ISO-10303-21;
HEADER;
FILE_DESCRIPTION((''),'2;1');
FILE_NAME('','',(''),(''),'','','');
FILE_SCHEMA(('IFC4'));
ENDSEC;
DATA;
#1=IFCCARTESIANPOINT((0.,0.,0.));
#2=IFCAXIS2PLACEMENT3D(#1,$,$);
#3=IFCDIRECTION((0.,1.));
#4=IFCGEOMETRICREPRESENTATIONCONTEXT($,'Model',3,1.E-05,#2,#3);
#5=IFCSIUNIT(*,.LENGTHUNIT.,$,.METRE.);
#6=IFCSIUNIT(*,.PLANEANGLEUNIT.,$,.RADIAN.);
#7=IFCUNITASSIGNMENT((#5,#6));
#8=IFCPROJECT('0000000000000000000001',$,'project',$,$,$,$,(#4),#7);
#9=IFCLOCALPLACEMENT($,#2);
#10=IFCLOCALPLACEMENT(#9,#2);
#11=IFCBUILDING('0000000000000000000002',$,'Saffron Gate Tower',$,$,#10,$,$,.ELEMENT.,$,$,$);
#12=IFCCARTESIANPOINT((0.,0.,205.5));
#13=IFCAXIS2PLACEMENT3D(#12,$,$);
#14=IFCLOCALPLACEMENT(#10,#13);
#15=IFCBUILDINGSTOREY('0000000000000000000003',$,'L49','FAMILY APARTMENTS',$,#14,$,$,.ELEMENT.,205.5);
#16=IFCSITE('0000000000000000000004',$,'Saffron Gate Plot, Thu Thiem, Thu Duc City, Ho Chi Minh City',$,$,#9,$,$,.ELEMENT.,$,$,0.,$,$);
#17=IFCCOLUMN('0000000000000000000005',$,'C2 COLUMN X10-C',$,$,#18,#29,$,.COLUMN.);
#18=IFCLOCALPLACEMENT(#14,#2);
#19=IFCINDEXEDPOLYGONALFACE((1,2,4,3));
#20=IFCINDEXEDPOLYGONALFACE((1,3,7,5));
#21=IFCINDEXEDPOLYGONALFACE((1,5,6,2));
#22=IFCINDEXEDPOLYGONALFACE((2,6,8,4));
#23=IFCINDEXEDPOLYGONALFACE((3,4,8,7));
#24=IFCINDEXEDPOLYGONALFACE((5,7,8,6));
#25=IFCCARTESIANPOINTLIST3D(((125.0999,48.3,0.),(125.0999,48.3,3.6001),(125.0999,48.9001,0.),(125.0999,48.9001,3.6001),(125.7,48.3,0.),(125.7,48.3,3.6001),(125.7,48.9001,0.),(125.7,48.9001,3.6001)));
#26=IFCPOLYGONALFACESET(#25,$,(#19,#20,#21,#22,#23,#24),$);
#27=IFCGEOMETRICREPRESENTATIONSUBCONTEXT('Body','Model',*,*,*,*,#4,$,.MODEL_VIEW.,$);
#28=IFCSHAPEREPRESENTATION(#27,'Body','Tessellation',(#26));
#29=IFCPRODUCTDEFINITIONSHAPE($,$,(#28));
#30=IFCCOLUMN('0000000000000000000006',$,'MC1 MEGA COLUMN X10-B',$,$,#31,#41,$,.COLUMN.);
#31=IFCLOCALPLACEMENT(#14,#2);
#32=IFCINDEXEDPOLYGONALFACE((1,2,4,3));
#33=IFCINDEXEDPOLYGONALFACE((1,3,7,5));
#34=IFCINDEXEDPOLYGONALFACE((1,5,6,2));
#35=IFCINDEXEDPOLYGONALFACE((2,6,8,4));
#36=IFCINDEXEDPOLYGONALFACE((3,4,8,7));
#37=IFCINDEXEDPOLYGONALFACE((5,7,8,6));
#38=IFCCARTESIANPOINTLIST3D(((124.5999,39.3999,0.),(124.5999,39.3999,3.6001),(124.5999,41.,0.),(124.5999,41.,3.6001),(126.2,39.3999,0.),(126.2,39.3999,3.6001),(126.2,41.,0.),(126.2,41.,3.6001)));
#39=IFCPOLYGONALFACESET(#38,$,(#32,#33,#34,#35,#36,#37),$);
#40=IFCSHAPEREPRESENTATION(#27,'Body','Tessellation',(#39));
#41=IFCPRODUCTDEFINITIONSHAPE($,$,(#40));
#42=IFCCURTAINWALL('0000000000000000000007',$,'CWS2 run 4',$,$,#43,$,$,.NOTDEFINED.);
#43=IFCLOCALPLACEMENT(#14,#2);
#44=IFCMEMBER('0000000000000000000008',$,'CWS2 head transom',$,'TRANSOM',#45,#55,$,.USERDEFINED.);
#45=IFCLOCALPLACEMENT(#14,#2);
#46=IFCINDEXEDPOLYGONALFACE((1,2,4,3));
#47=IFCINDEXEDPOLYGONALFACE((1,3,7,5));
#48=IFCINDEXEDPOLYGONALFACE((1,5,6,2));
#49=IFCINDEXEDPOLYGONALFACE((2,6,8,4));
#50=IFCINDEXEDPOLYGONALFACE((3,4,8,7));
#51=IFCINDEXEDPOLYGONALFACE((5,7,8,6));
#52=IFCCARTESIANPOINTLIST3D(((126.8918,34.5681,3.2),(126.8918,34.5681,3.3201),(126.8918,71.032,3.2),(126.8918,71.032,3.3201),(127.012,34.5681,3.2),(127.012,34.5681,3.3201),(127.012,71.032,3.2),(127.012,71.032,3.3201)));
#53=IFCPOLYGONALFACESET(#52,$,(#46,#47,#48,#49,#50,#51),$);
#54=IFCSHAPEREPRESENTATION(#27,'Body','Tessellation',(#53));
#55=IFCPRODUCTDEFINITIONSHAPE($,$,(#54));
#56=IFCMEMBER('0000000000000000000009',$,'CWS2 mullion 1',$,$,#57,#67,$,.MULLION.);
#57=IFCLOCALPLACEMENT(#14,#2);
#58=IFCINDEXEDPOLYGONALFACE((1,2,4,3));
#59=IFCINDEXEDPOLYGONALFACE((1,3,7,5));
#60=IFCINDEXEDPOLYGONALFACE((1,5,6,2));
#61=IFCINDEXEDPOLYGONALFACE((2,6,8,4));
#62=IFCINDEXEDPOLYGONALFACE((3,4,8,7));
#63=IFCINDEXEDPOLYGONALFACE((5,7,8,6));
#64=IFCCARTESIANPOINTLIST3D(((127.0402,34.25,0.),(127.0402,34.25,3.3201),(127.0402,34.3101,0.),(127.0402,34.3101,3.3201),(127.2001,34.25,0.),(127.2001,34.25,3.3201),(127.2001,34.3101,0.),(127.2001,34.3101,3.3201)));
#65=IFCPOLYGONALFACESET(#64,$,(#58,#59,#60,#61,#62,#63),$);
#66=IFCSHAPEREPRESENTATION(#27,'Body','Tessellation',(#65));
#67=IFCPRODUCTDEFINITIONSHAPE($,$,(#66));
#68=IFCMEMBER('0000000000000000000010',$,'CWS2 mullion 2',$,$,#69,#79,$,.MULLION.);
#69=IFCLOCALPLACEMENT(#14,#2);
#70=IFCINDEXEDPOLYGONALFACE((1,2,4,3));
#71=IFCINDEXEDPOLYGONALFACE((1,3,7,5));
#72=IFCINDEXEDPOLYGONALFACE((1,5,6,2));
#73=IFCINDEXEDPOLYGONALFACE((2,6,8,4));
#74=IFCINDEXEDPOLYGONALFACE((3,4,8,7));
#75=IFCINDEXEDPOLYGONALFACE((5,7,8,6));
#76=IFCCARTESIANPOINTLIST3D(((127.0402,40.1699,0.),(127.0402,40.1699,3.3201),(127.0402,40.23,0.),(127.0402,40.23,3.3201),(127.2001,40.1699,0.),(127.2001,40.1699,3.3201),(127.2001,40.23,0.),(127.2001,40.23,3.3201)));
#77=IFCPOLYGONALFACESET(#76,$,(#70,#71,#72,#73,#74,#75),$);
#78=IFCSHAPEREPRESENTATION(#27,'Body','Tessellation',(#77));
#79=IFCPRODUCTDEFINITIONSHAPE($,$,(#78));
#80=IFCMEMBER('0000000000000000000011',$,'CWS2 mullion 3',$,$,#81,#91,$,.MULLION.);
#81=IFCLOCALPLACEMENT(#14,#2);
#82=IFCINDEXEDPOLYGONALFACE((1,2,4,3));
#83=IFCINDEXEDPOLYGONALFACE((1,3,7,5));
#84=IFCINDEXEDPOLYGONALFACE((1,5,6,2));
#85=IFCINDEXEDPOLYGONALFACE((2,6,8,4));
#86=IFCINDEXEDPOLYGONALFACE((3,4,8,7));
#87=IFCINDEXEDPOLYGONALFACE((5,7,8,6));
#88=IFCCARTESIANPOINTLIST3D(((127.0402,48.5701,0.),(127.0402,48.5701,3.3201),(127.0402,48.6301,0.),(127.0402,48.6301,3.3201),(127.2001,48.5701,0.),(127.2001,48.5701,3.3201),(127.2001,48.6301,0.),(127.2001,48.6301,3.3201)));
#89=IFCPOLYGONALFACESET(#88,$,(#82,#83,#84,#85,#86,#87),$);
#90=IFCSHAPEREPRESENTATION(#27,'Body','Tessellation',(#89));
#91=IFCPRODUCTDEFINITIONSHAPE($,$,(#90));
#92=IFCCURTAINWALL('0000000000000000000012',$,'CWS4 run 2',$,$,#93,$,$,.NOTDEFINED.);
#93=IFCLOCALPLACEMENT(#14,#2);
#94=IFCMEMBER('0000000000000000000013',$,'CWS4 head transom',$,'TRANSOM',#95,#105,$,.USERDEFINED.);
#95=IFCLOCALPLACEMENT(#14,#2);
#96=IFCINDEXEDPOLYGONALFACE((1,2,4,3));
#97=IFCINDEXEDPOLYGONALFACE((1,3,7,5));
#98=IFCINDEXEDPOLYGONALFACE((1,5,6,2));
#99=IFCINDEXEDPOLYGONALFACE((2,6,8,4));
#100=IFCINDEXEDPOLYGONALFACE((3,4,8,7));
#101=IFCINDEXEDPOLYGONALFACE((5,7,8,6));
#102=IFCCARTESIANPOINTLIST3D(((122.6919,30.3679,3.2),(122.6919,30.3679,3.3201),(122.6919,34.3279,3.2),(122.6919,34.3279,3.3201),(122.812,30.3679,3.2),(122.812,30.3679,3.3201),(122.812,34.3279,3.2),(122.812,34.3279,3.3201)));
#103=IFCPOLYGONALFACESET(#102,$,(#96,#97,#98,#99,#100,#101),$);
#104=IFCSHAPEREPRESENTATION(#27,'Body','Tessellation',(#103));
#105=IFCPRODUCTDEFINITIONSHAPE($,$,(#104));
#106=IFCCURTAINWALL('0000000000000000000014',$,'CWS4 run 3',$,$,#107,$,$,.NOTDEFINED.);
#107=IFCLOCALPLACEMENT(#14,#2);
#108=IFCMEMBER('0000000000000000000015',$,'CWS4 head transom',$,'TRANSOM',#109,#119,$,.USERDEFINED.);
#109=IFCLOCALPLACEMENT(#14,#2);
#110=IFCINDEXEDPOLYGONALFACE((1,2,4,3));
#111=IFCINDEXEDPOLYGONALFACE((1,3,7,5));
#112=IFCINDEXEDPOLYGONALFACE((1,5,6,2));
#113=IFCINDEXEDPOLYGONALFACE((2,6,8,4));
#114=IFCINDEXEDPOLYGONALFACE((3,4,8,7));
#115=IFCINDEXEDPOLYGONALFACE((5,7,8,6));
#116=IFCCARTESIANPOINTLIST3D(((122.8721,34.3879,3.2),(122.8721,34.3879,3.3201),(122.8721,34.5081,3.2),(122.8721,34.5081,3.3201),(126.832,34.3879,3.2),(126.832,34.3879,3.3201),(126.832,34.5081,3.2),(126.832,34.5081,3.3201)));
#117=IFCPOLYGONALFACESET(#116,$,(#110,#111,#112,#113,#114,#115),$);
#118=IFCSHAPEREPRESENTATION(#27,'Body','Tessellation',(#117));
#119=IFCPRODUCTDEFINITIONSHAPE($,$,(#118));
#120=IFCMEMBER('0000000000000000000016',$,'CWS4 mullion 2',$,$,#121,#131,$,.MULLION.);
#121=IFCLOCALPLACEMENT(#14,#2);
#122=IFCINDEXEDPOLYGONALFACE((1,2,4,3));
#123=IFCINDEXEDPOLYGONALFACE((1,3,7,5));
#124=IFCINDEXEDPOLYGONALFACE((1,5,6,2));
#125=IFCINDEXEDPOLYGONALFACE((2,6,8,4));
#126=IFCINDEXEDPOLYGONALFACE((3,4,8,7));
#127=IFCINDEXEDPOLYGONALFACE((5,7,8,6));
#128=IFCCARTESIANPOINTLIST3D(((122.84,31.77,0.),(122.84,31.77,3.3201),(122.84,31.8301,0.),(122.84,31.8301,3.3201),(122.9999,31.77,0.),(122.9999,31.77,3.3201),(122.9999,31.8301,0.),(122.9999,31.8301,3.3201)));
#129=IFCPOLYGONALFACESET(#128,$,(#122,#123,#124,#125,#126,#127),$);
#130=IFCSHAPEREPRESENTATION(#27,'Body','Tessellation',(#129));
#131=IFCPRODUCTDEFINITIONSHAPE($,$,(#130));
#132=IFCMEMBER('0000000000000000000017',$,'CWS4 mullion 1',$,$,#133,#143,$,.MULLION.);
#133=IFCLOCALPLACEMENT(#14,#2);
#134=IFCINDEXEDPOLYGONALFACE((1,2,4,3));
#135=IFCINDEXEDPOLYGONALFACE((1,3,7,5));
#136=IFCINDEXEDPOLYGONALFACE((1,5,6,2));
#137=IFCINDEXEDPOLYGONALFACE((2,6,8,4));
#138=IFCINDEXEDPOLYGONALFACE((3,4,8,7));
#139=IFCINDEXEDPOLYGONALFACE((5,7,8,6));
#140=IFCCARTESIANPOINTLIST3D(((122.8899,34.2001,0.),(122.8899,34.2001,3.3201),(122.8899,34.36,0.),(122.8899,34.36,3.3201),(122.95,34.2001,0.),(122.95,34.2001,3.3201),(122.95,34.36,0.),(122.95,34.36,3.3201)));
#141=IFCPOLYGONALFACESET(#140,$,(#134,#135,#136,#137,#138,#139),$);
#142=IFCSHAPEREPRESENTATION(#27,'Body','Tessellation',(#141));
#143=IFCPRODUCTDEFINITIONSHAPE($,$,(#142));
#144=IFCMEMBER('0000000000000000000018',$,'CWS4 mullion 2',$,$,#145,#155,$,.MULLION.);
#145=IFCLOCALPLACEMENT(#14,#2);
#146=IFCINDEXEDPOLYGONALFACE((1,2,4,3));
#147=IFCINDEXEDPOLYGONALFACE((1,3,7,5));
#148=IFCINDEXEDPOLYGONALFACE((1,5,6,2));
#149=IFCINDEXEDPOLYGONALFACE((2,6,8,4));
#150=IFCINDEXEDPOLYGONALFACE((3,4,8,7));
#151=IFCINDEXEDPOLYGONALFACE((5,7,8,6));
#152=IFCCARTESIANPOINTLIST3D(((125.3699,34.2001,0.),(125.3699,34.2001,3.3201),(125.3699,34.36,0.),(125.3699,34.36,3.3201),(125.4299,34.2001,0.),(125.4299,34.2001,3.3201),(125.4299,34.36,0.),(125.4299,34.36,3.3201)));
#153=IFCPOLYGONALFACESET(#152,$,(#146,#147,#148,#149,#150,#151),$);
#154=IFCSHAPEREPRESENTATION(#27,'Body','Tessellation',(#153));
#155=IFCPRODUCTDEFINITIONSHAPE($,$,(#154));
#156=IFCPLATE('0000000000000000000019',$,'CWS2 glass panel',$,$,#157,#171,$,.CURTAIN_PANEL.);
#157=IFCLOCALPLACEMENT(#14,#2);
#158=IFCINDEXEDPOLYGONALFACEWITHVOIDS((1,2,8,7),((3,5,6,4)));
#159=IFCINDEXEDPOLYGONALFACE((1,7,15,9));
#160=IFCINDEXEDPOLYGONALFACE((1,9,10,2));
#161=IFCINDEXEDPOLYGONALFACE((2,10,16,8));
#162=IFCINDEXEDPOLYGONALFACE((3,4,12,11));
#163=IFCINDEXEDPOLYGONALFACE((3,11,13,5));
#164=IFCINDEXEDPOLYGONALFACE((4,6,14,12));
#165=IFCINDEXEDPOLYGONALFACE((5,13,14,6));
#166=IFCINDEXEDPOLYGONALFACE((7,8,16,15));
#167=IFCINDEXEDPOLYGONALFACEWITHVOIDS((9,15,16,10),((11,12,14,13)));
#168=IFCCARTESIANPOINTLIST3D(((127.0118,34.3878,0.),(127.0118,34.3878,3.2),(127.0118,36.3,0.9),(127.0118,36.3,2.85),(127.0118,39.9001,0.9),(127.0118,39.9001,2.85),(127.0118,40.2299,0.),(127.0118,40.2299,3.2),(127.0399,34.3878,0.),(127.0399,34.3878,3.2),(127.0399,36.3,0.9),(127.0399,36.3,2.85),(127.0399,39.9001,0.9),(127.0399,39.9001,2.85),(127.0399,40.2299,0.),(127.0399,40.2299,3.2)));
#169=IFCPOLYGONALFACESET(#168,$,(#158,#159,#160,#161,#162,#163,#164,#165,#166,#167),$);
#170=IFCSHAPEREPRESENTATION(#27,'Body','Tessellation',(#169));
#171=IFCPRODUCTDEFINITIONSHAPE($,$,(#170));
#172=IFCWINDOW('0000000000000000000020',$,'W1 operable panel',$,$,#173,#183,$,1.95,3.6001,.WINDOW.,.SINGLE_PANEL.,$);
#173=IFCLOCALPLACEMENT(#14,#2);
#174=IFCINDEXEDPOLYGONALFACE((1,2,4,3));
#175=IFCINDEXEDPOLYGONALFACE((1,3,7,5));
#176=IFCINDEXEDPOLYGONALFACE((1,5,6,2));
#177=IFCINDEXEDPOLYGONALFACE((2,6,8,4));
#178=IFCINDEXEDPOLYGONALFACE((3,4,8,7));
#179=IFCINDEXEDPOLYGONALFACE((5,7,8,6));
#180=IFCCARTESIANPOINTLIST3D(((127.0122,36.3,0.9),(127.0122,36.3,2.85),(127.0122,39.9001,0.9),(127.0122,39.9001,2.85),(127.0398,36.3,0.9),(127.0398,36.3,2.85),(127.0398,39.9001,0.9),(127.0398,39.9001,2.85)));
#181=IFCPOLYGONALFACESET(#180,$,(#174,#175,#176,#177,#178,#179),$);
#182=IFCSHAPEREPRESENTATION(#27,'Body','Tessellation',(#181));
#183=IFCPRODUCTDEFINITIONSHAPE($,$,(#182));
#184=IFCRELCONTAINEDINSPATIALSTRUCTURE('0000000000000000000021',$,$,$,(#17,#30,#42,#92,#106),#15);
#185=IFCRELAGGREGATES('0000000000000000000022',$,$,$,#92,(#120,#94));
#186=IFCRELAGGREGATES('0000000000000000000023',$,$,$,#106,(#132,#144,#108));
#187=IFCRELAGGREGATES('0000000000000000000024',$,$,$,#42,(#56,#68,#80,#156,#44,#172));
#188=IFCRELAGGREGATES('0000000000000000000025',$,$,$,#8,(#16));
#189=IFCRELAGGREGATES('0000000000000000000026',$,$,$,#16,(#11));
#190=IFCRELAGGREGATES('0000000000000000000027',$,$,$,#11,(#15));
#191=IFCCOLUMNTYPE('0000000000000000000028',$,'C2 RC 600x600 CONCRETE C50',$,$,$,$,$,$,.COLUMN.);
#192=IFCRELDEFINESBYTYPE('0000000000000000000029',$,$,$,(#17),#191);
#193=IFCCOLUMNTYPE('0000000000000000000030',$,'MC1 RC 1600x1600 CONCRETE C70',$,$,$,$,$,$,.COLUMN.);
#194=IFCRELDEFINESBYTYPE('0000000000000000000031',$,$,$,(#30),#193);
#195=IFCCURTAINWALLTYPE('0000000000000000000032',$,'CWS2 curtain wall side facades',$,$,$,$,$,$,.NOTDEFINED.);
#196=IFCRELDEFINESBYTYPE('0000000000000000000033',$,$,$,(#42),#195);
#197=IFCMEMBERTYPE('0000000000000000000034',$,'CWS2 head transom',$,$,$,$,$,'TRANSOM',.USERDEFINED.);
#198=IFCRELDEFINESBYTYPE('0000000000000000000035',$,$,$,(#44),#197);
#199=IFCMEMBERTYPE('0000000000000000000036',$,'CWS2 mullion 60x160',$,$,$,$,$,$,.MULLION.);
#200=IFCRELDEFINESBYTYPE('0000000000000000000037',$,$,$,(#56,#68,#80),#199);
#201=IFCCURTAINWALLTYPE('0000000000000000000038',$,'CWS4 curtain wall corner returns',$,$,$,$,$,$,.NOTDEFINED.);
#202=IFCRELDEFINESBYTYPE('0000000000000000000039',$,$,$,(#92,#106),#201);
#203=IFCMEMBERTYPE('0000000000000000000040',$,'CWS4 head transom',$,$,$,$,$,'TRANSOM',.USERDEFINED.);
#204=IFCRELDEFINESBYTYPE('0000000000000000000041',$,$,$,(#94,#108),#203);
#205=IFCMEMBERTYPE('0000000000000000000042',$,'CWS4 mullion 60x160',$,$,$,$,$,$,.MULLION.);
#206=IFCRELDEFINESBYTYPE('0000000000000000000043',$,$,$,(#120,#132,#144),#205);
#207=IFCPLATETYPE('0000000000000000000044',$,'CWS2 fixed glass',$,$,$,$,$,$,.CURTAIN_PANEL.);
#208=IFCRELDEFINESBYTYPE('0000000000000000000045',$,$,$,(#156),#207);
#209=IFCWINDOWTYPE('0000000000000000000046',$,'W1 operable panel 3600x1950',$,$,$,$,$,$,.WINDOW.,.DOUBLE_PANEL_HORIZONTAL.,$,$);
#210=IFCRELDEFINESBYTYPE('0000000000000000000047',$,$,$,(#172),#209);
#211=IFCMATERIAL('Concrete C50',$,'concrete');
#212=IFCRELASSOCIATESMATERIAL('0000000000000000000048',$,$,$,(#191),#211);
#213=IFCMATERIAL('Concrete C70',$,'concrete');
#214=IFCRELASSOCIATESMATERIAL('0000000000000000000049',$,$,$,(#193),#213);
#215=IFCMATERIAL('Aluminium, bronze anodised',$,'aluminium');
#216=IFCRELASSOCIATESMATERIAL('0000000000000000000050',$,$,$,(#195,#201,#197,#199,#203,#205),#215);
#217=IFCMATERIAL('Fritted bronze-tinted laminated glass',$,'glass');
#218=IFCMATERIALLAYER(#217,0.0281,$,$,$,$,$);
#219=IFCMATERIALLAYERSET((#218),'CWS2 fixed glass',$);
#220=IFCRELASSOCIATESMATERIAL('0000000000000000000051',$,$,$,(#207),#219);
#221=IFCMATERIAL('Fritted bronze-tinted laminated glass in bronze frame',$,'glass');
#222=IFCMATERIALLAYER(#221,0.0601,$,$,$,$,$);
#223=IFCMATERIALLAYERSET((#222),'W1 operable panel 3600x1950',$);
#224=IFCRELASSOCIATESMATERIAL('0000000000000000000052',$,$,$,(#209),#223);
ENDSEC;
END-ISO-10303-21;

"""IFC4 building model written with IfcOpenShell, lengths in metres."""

from ifc_helpers import new_model, si_unit, direction, frame, frame_2d, origin, origin_2d, place, context, subcontext, project, spatial, rectangle, extrude, material, layer, layer_set, material_profile, profile_set, type_object, element, fill, aggregate, save


model = new_model("IFC4")

# Units and contexts
model_context = context("Model", 3, precision=1e-05, world=origin(), true_north=direction((0.0, 1.0)))
body_context = subcontext(model_context, "Body", "Model", "MODEL_VIEW")
ifc_project = project(units=[si_unit("LENGTHUNIT", "METRE"), si_unit("PLANEANGLEUNIT", "RADIAN")], contexts=[model_context])

# Site, building, storey
site_placement = place(None, origin())
site = spatial("IfcSite", under=ifc_project, at=site_placement, Name="Saffron Gate Plot, Thu Thiem, Thu Duc City, Ho Chi Minh City", CompositionType="ELEMENT", RefElevation=0.0)
building_placement = place(site_placement, origin())
building = spatial("IfcBuilding", under=site, at=building_placement, Name="Saffron Gate Tower", CompositionType="ELEMENT")
storey_placement = place(building_placement, frame((0.0, 0.0, 205.5)))
storey = spatial("IfcBuildingStorey", under=building, at=storey_placement, Name="L49", Description="FAMILY APARTMENTS", CompositionType="ELEMENT", Elevation=205.5)

# Columns
ifc_material_1 = material(Name="Concrete C50", Category="concrete")
ifc_material_profile_1 = material_profile(ifc_material_1, rectangle(XDim=0.6001, YDim=0.6001, at=origin_2d()))
ifc_profile_set_1 = profile_set([ifc_material_profile_1], Name="Concrete C50")
column_type_1 = type_object("IfcColumnType", Name="C2 RC 600x600 CONCRETE C50", PredefinedType="COLUMN", material=ifc_profile_set_1)
column_1_placement = place(storey_placement, frame((125.3999, 48.6001, 0.0), z_axis=(0.0, 0.0, 1.0), x_axis=(1.0, 0.0, 0.0)))
element("IfcColumn", 1, at=column_1_placement, inside=storey, type_object=column_type_1, Name="C2 COLUMN X10-C", PredefinedType="COLUMN", context=body_context, shape_type="SweptSolid", body=[
    extrude(rectangle(XDim=0.6001, YDim=0.6001, at=origin_2d()), origin(), (0.0, 0.0, 1.0), 3.6001),
])
ifc_material_2 = material(Name="Concrete C70", Category="concrete")
ifc_material_profile_2 = material_profile(ifc_material_2, rectangle(XDim=1.6001, YDim=1.6001, at=origin_2d()))
ifc_profile_set_2 = profile_set([ifc_material_profile_2], Name="Concrete C70")
column_type_2 = type_object("IfcColumnType", Name="MC1 RC 1600x1600 CONCRETE C70", PredefinedType="COLUMN", material=ifc_profile_set_2)
column_2_placement = place(storey_placement, frame((125.3999, 40.2, 0.0), z_axis=(0.0, 0.0, 1.0), x_axis=(1.0, 0.0, 0.0)))
element("IfcColumn", 2, at=column_2_placement, inside=storey, type_object=column_type_2, Name="MC1 MEGA COLUMN X10-B", PredefinedType="COLUMN", context=body_context, shape_type="SweptSolid", body=[
    extrude(rectangle(XDim=1.6001, YDim=1.6001, at=origin_2d()), origin(), (0.0, 0.0, 1.0), 3.6001),
])

# Curtain wall, members
ifc_material_3 = material(Name="Aluminium, bronze anodised", Category="aluminium")
curtain_wall_type_1 = type_object("IfcCurtainWallType", Name="CWS2 curtain wall side facades", PredefinedType="NOTDEFINED", material=ifc_material_3)
curtain_wall_1_placement = place(storey_placement, origin())
curtain_wall_1 = element("IfcCurtainWall", 3, at=curtain_wall_1_placement, inside=storey, type_object=curtain_wall_type_1, Name="CWS2 run 4", PredefinedType="NOTDEFINED")
ifc_material_profile_3 = material_profile(ifc_material_3, rectangle(XDim=0.1201, YDim=0.1201, at=origin_2d()))
ifc_profile_set_3 = profile_set([ifc_material_profile_3], Name="Aluminium, bronze anodised")
member_type_1 = type_object("IfcMemberType", Name="CWS2 head transom", ElementType="TRANSOM", PredefinedType="USERDEFINED", material=ifc_profile_set_3)
member_1_placement = place(storey_placement, frame((126.9519, 34.5681, 3.26), z_axis=(0.0, 1.0, 0.0), x_axis=(-1.0, 0.0, 0.0)))
member_1 = element("IfcMember", 4, at=member_1_placement, type_object=member_type_1, Name="CWS2 head transom", ObjectType="TRANSOM", PredefinedType="USERDEFINED", context=body_context, shape_type="SweptSolid", body=[
    extrude(rectangle(XDim=0.1201, YDim=0.1201, at=origin_2d()), origin(), (0.0, 0.0, 1.0), 36.4639),
])
ifc_material_profile_4 = material_profile(ifc_material_3, rectangle(XDim=0.1599, YDim=0.0601, at=origin_2d()))
ifc_profile_set_4 = profile_set([ifc_material_profile_4], Name="Aluminium, bronze anodised")
member_type_2 = type_object("IfcMemberType", Name="CWS2 mullion 60x160", PredefinedType="MULLION", material=ifc_profile_set_4)
member_2_placement = place(storey_placement, frame((127.1201, 34.28, 0.0), z_axis=(0.0, 0.0, 1.0), x_axis=(-1.0, 0.0, 0.0)))
member_2 = element("IfcMember", 5, at=member_2_placement, type_object=member_type_2, Name="CWS2 mullion 1", PredefinedType="MULLION", context=body_context, shape_type="SweptSolid", body=[
    extrude(rectangle(XDim=0.1599, YDim=0.0601, at=origin_2d()), origin(), (0.0, 0.0, 1.0), 3.3201),
])
member_3_placement = place(storey_placement, frame((127.1201, 40.2, 0.0), z_axis=(0.0, 0.0, 1.0), x_axis=(-1.0, 0.0, 0.0)))
member_3 = element("IfcMember", 6, at=member_3_placement, type_object=member_type_2, Name="CWS2 mullion 2", PredefinedType="MULLION", context=body_context, shape_type="SweptSolid", body=[
    extrude(rectangle(XDim=0.1599, YDim=0.0601, at=origin_2d()), origin(), (0.0, 0.0, 1.0), 3.3201),
])
member_4_placement = place(storey_placement, frame((127.1201, 48.6001, 0.0), z_axis=(0.0, 0.0, 1.0), x_axis=(-1.0, 0.0, 0.0)))
member_4 = element("IfcMember", 7, at=member_4_placement, type_object=member_type_2, Name="CWS2 mullion 3", PredefinedType="MULLION", context=body_context, shape_type="SweptSolid", body=[
    extrude(rectangle(XDim=0.1599, YDim=0.0601, at=origin_2d()), origin(), (0.0, 0.0, 1.0), 3.3201),
])

# Curtain walls, members
curtain_wall_type_2 = type_object("IfcCurtainWallType", Name="CWS4 curtain wall corner returns", PredefinedType="NOTDEFINED", material=ifc_material_3)
curtain_wall_2_placement = place(storey_placement, origin())
curtain_wall_2 = element("IfcCurtainWall", 8, at=curtain_wall_2_placement, inside=storey, type_object=curtain_wall_type_2, Name="CWS4 run 2", PredefinedType="NOTDEFINED")
ifc_material_profile_5 = material_profile(ifc_material_3, rectangle(XDim=0.1201, YDim=0.1201, at=origin_2d()))
ifc_profile_set_5 = profile_set([ifc_material_profile_5], Name="Aluminium, bronze anodised")
member_type_3 = type_object("IfcMemberType", Name="CWS4 head transom", ElementType="TRANSOM", PredefinedType="USERDEFINED", material=ifc_profile_set_5)
member_5_placement = place(storey_placement, frame((122.752, 30.3679, 3.26), z_axis=(0.0, 1.0, 0.0), x_axis=(-1.0, 0.0, 0.0)))
member_5 = element("IfcMember", 9, at=member_5_placement, type_object=member_type_3, Name="CWS4 head transom", ObjectType="TRANSOM", PredefinedType="USERDEFINED", context=body_context, shape_type="SweptSolid", body=[
    extrude(rectangle(XDim=0.1201, YDim=0.1201, at=origin_2d()), origin(), (0.0, 0.0, 1.0), 3.96),
])
curtain_wall_3_placement = place(storey_placement, origin())
curtain_wall_3 = element("IfcCurtainWall", 10, at=curtain_wall_3_placement, inside=storey, type_object=curtain_wall_type_2, Name="CWS4 run 3", PredefinedType="NOTDEFINED")
member_6_placement = place(storey_placement, frame((122.8721, 34.448, 3.26), z_axis=(1.0, 0.0, 0.0), x_axis=(0.0, 1.0, 0.0)))
member_6 = element("IfcMember", 11, at=member_6_placement, type_object=member_type_3, Name="CWS4 head transom", ObjectType="TRANSOM", PredefinedType="USERDEFINED", context=body_context, shape_type="SweptSolid", body=[
    extrude(rectangle(XDim=0.1201, YDim=0.1201, at=origin_2d()), origin(), (0.0, 0.0, 1.0), 3.96),
])

# Members
ifc_material_profile_6 = material_profile(ifc_material_3, rectangle(XDim=0.1599, YDim=0.0601, at=origin_2d()))
ifc_profile_set_6 = profile_set([ifc_material_profile_6], Name="Aluminium, bronze anodised")
member_type_4 = type_object("IfcMemberType", Name="CWS4 mullion 60x160", PredefinedType="MULLION", material=ifc_profile_set_6)
member_7_placement = place(storey_placement, frame((122.9199, 31.8, 0.0), z_axis=(0.0, 0.0, 1.0), x_axis=(-1.0, 0.0, 0.0)))
member_7 = element("IfcMember", 12, at=member_7_placement, type_object=member_type_4, Name="CWS4 mullion 2", PredefinedType="MULLION", context=body_context, shape_type="SweptSolid", body=[
    extrude(rectangle(XDim=0.1599, YDim=0.0601, at=origin_2d()), origin(), (0.0, 0.0, 1.0), 3.3201),
])
aggregate(curtain_wall_2, [member_7, member_5])
member_8_placement = place(storey_placement, frame((122.9199, 34.28, 0.0), z_axis=(0.0, 0.0, 1.0), x_axis=(0.0, 1.0, 0.0)))
member_8 = element("IfcMember", 13, at=member_8_placement, type_object=member_type_4, Name="CWS4 mullion 1", PredefinedType="MULLION", context=body_context, shape_type="SweptSolid", body=[
    extrude(rectangle(XDim=0.1599, YDim=0.0601, at=origin_2d()), origin(), (0.0, 0.0, 1.0), 3.3201),
])
member_9_placement = place(storey_placement, frame((125.3999, 34.28, 0.0), z_axis=(0.0, 0.0, 1.0), x_axis=(0.0, 1.0, 0.0)))
member_9 = element("IfcMember", 14, at=member_9_placement, type_object=member_type_4, Name="CWS4 mullion 2", PredefinedType="MULLION", context=body_context, shape_type="SweptSolid", body=[
    extrude(rectangle(XDim=0.1599, YDim=0.0601, at=origin_2d()), origin(), (0.0, 0.0, 1.0), 3.3201),
])
aggregate(curtain_wall_3, [member_8, member_9, member_6])

# Plate, opening, window
ifc_material_4 = material(Name="Fritted bronze-tinted laminated glass", Category="glass")
ifc_layer_1 = layer(ifc_material_4, 0.0281)
ifc_layer_set_1 = layer_set([ifc_layer_1], Name="CWS2 fixed glass")
plate_type = type_object("IfcPlateType", Name="CWS2 fixed glass", PredefinedType="CURTAIN_PANEL", material=ifc_layer_set_1)
plate_1_placement = place(storey_placement, frame((127.0259, 34.3879, 0.0), z_axis=(0.0, 0.0, 1.0), x_axis=(0.0, 1.0, 0.0)))
plate_1 = element("IfcPlate", 15, at=plate_1_placement, type_object=plate_type, Name="CWS2 glass panel", PredefinedType="CURTAIN_PANEL", context=body_context, shape_type="SweptSolid", body=[
    extrude(rectangle(XDim=5.842, YDim=0.0281, at=frame_2d((2.9209, 0.0))), origin(), (0.0, 0.0, 1.0), 3.2),
])
opening_1_placement = place(plate_1_placement, frame((1.9121, 0.0, 0.8999)))
opening_1 = element("IfcOpeningElement", 16, at=opening_1_placement, cuts=plate_1, PredefinedType="OPENING", context=body_context, shape_type="SweptSolid", body=[
    extrude(rectangle(XDim=3.6001, YDim=1.95, at=frame_2d((1.8, 0.9751))), frame((0.0, 0.0239, 0.0), z_axis=(0.0, -1.0, 0.0), x_axis=(1.0, 0.0, 0.0)), (0.0, 0.0, 1.0), 0.0481),
])
ifc_material_5 = material(Name="Fritted bronze-tinted laminated glass in bronze frame", Category="glass")
ifc_layer_2 = layer(ifc_material_5, 0.0601)
ifc_layer_set_2 = layer_set([ifc_layer_2], Name="W1 operable panel 3600x1950")
window_type_1 = type_object("IfcWindowType", Name="W1 operable panel 3600x1950", PartitioningType="DOUBLE_PANEL_HORIZONTAL", PredefinedType="WINDOW", material=ifc_layer_set_2)
window_1_placement = place(opening_1_placement, origin())
window_1 = element("IfcWindow", 17, at=window_1_placement, type_object=window_type_1, Name="W1 operable panel", OverallHeight=1.95, OverallWidth=3.6001, PartitioningType="SINGLE_PANEL", PredefinedType="WINDOW", context=body_context, shape_type="SweptSolid", body=[
    extrude(rectangle(XDim=3.6001, YDim=1.95, at=frame_2d((1.8, 0.9751))), frame((0.0, 0.0137, 0.0), z_axis=(0.0, -1.0, 0.0), x_axis=(1.0, 0.0, 0.0)), (0.0, 0.0, 1.0), 0.0276),
])
fill(opening_1, window_1)
aggregate(curtain_wall_1, [member_2, member_3, member_4, plate_1, member_1, window_1])

save(model, "model.ifc")
